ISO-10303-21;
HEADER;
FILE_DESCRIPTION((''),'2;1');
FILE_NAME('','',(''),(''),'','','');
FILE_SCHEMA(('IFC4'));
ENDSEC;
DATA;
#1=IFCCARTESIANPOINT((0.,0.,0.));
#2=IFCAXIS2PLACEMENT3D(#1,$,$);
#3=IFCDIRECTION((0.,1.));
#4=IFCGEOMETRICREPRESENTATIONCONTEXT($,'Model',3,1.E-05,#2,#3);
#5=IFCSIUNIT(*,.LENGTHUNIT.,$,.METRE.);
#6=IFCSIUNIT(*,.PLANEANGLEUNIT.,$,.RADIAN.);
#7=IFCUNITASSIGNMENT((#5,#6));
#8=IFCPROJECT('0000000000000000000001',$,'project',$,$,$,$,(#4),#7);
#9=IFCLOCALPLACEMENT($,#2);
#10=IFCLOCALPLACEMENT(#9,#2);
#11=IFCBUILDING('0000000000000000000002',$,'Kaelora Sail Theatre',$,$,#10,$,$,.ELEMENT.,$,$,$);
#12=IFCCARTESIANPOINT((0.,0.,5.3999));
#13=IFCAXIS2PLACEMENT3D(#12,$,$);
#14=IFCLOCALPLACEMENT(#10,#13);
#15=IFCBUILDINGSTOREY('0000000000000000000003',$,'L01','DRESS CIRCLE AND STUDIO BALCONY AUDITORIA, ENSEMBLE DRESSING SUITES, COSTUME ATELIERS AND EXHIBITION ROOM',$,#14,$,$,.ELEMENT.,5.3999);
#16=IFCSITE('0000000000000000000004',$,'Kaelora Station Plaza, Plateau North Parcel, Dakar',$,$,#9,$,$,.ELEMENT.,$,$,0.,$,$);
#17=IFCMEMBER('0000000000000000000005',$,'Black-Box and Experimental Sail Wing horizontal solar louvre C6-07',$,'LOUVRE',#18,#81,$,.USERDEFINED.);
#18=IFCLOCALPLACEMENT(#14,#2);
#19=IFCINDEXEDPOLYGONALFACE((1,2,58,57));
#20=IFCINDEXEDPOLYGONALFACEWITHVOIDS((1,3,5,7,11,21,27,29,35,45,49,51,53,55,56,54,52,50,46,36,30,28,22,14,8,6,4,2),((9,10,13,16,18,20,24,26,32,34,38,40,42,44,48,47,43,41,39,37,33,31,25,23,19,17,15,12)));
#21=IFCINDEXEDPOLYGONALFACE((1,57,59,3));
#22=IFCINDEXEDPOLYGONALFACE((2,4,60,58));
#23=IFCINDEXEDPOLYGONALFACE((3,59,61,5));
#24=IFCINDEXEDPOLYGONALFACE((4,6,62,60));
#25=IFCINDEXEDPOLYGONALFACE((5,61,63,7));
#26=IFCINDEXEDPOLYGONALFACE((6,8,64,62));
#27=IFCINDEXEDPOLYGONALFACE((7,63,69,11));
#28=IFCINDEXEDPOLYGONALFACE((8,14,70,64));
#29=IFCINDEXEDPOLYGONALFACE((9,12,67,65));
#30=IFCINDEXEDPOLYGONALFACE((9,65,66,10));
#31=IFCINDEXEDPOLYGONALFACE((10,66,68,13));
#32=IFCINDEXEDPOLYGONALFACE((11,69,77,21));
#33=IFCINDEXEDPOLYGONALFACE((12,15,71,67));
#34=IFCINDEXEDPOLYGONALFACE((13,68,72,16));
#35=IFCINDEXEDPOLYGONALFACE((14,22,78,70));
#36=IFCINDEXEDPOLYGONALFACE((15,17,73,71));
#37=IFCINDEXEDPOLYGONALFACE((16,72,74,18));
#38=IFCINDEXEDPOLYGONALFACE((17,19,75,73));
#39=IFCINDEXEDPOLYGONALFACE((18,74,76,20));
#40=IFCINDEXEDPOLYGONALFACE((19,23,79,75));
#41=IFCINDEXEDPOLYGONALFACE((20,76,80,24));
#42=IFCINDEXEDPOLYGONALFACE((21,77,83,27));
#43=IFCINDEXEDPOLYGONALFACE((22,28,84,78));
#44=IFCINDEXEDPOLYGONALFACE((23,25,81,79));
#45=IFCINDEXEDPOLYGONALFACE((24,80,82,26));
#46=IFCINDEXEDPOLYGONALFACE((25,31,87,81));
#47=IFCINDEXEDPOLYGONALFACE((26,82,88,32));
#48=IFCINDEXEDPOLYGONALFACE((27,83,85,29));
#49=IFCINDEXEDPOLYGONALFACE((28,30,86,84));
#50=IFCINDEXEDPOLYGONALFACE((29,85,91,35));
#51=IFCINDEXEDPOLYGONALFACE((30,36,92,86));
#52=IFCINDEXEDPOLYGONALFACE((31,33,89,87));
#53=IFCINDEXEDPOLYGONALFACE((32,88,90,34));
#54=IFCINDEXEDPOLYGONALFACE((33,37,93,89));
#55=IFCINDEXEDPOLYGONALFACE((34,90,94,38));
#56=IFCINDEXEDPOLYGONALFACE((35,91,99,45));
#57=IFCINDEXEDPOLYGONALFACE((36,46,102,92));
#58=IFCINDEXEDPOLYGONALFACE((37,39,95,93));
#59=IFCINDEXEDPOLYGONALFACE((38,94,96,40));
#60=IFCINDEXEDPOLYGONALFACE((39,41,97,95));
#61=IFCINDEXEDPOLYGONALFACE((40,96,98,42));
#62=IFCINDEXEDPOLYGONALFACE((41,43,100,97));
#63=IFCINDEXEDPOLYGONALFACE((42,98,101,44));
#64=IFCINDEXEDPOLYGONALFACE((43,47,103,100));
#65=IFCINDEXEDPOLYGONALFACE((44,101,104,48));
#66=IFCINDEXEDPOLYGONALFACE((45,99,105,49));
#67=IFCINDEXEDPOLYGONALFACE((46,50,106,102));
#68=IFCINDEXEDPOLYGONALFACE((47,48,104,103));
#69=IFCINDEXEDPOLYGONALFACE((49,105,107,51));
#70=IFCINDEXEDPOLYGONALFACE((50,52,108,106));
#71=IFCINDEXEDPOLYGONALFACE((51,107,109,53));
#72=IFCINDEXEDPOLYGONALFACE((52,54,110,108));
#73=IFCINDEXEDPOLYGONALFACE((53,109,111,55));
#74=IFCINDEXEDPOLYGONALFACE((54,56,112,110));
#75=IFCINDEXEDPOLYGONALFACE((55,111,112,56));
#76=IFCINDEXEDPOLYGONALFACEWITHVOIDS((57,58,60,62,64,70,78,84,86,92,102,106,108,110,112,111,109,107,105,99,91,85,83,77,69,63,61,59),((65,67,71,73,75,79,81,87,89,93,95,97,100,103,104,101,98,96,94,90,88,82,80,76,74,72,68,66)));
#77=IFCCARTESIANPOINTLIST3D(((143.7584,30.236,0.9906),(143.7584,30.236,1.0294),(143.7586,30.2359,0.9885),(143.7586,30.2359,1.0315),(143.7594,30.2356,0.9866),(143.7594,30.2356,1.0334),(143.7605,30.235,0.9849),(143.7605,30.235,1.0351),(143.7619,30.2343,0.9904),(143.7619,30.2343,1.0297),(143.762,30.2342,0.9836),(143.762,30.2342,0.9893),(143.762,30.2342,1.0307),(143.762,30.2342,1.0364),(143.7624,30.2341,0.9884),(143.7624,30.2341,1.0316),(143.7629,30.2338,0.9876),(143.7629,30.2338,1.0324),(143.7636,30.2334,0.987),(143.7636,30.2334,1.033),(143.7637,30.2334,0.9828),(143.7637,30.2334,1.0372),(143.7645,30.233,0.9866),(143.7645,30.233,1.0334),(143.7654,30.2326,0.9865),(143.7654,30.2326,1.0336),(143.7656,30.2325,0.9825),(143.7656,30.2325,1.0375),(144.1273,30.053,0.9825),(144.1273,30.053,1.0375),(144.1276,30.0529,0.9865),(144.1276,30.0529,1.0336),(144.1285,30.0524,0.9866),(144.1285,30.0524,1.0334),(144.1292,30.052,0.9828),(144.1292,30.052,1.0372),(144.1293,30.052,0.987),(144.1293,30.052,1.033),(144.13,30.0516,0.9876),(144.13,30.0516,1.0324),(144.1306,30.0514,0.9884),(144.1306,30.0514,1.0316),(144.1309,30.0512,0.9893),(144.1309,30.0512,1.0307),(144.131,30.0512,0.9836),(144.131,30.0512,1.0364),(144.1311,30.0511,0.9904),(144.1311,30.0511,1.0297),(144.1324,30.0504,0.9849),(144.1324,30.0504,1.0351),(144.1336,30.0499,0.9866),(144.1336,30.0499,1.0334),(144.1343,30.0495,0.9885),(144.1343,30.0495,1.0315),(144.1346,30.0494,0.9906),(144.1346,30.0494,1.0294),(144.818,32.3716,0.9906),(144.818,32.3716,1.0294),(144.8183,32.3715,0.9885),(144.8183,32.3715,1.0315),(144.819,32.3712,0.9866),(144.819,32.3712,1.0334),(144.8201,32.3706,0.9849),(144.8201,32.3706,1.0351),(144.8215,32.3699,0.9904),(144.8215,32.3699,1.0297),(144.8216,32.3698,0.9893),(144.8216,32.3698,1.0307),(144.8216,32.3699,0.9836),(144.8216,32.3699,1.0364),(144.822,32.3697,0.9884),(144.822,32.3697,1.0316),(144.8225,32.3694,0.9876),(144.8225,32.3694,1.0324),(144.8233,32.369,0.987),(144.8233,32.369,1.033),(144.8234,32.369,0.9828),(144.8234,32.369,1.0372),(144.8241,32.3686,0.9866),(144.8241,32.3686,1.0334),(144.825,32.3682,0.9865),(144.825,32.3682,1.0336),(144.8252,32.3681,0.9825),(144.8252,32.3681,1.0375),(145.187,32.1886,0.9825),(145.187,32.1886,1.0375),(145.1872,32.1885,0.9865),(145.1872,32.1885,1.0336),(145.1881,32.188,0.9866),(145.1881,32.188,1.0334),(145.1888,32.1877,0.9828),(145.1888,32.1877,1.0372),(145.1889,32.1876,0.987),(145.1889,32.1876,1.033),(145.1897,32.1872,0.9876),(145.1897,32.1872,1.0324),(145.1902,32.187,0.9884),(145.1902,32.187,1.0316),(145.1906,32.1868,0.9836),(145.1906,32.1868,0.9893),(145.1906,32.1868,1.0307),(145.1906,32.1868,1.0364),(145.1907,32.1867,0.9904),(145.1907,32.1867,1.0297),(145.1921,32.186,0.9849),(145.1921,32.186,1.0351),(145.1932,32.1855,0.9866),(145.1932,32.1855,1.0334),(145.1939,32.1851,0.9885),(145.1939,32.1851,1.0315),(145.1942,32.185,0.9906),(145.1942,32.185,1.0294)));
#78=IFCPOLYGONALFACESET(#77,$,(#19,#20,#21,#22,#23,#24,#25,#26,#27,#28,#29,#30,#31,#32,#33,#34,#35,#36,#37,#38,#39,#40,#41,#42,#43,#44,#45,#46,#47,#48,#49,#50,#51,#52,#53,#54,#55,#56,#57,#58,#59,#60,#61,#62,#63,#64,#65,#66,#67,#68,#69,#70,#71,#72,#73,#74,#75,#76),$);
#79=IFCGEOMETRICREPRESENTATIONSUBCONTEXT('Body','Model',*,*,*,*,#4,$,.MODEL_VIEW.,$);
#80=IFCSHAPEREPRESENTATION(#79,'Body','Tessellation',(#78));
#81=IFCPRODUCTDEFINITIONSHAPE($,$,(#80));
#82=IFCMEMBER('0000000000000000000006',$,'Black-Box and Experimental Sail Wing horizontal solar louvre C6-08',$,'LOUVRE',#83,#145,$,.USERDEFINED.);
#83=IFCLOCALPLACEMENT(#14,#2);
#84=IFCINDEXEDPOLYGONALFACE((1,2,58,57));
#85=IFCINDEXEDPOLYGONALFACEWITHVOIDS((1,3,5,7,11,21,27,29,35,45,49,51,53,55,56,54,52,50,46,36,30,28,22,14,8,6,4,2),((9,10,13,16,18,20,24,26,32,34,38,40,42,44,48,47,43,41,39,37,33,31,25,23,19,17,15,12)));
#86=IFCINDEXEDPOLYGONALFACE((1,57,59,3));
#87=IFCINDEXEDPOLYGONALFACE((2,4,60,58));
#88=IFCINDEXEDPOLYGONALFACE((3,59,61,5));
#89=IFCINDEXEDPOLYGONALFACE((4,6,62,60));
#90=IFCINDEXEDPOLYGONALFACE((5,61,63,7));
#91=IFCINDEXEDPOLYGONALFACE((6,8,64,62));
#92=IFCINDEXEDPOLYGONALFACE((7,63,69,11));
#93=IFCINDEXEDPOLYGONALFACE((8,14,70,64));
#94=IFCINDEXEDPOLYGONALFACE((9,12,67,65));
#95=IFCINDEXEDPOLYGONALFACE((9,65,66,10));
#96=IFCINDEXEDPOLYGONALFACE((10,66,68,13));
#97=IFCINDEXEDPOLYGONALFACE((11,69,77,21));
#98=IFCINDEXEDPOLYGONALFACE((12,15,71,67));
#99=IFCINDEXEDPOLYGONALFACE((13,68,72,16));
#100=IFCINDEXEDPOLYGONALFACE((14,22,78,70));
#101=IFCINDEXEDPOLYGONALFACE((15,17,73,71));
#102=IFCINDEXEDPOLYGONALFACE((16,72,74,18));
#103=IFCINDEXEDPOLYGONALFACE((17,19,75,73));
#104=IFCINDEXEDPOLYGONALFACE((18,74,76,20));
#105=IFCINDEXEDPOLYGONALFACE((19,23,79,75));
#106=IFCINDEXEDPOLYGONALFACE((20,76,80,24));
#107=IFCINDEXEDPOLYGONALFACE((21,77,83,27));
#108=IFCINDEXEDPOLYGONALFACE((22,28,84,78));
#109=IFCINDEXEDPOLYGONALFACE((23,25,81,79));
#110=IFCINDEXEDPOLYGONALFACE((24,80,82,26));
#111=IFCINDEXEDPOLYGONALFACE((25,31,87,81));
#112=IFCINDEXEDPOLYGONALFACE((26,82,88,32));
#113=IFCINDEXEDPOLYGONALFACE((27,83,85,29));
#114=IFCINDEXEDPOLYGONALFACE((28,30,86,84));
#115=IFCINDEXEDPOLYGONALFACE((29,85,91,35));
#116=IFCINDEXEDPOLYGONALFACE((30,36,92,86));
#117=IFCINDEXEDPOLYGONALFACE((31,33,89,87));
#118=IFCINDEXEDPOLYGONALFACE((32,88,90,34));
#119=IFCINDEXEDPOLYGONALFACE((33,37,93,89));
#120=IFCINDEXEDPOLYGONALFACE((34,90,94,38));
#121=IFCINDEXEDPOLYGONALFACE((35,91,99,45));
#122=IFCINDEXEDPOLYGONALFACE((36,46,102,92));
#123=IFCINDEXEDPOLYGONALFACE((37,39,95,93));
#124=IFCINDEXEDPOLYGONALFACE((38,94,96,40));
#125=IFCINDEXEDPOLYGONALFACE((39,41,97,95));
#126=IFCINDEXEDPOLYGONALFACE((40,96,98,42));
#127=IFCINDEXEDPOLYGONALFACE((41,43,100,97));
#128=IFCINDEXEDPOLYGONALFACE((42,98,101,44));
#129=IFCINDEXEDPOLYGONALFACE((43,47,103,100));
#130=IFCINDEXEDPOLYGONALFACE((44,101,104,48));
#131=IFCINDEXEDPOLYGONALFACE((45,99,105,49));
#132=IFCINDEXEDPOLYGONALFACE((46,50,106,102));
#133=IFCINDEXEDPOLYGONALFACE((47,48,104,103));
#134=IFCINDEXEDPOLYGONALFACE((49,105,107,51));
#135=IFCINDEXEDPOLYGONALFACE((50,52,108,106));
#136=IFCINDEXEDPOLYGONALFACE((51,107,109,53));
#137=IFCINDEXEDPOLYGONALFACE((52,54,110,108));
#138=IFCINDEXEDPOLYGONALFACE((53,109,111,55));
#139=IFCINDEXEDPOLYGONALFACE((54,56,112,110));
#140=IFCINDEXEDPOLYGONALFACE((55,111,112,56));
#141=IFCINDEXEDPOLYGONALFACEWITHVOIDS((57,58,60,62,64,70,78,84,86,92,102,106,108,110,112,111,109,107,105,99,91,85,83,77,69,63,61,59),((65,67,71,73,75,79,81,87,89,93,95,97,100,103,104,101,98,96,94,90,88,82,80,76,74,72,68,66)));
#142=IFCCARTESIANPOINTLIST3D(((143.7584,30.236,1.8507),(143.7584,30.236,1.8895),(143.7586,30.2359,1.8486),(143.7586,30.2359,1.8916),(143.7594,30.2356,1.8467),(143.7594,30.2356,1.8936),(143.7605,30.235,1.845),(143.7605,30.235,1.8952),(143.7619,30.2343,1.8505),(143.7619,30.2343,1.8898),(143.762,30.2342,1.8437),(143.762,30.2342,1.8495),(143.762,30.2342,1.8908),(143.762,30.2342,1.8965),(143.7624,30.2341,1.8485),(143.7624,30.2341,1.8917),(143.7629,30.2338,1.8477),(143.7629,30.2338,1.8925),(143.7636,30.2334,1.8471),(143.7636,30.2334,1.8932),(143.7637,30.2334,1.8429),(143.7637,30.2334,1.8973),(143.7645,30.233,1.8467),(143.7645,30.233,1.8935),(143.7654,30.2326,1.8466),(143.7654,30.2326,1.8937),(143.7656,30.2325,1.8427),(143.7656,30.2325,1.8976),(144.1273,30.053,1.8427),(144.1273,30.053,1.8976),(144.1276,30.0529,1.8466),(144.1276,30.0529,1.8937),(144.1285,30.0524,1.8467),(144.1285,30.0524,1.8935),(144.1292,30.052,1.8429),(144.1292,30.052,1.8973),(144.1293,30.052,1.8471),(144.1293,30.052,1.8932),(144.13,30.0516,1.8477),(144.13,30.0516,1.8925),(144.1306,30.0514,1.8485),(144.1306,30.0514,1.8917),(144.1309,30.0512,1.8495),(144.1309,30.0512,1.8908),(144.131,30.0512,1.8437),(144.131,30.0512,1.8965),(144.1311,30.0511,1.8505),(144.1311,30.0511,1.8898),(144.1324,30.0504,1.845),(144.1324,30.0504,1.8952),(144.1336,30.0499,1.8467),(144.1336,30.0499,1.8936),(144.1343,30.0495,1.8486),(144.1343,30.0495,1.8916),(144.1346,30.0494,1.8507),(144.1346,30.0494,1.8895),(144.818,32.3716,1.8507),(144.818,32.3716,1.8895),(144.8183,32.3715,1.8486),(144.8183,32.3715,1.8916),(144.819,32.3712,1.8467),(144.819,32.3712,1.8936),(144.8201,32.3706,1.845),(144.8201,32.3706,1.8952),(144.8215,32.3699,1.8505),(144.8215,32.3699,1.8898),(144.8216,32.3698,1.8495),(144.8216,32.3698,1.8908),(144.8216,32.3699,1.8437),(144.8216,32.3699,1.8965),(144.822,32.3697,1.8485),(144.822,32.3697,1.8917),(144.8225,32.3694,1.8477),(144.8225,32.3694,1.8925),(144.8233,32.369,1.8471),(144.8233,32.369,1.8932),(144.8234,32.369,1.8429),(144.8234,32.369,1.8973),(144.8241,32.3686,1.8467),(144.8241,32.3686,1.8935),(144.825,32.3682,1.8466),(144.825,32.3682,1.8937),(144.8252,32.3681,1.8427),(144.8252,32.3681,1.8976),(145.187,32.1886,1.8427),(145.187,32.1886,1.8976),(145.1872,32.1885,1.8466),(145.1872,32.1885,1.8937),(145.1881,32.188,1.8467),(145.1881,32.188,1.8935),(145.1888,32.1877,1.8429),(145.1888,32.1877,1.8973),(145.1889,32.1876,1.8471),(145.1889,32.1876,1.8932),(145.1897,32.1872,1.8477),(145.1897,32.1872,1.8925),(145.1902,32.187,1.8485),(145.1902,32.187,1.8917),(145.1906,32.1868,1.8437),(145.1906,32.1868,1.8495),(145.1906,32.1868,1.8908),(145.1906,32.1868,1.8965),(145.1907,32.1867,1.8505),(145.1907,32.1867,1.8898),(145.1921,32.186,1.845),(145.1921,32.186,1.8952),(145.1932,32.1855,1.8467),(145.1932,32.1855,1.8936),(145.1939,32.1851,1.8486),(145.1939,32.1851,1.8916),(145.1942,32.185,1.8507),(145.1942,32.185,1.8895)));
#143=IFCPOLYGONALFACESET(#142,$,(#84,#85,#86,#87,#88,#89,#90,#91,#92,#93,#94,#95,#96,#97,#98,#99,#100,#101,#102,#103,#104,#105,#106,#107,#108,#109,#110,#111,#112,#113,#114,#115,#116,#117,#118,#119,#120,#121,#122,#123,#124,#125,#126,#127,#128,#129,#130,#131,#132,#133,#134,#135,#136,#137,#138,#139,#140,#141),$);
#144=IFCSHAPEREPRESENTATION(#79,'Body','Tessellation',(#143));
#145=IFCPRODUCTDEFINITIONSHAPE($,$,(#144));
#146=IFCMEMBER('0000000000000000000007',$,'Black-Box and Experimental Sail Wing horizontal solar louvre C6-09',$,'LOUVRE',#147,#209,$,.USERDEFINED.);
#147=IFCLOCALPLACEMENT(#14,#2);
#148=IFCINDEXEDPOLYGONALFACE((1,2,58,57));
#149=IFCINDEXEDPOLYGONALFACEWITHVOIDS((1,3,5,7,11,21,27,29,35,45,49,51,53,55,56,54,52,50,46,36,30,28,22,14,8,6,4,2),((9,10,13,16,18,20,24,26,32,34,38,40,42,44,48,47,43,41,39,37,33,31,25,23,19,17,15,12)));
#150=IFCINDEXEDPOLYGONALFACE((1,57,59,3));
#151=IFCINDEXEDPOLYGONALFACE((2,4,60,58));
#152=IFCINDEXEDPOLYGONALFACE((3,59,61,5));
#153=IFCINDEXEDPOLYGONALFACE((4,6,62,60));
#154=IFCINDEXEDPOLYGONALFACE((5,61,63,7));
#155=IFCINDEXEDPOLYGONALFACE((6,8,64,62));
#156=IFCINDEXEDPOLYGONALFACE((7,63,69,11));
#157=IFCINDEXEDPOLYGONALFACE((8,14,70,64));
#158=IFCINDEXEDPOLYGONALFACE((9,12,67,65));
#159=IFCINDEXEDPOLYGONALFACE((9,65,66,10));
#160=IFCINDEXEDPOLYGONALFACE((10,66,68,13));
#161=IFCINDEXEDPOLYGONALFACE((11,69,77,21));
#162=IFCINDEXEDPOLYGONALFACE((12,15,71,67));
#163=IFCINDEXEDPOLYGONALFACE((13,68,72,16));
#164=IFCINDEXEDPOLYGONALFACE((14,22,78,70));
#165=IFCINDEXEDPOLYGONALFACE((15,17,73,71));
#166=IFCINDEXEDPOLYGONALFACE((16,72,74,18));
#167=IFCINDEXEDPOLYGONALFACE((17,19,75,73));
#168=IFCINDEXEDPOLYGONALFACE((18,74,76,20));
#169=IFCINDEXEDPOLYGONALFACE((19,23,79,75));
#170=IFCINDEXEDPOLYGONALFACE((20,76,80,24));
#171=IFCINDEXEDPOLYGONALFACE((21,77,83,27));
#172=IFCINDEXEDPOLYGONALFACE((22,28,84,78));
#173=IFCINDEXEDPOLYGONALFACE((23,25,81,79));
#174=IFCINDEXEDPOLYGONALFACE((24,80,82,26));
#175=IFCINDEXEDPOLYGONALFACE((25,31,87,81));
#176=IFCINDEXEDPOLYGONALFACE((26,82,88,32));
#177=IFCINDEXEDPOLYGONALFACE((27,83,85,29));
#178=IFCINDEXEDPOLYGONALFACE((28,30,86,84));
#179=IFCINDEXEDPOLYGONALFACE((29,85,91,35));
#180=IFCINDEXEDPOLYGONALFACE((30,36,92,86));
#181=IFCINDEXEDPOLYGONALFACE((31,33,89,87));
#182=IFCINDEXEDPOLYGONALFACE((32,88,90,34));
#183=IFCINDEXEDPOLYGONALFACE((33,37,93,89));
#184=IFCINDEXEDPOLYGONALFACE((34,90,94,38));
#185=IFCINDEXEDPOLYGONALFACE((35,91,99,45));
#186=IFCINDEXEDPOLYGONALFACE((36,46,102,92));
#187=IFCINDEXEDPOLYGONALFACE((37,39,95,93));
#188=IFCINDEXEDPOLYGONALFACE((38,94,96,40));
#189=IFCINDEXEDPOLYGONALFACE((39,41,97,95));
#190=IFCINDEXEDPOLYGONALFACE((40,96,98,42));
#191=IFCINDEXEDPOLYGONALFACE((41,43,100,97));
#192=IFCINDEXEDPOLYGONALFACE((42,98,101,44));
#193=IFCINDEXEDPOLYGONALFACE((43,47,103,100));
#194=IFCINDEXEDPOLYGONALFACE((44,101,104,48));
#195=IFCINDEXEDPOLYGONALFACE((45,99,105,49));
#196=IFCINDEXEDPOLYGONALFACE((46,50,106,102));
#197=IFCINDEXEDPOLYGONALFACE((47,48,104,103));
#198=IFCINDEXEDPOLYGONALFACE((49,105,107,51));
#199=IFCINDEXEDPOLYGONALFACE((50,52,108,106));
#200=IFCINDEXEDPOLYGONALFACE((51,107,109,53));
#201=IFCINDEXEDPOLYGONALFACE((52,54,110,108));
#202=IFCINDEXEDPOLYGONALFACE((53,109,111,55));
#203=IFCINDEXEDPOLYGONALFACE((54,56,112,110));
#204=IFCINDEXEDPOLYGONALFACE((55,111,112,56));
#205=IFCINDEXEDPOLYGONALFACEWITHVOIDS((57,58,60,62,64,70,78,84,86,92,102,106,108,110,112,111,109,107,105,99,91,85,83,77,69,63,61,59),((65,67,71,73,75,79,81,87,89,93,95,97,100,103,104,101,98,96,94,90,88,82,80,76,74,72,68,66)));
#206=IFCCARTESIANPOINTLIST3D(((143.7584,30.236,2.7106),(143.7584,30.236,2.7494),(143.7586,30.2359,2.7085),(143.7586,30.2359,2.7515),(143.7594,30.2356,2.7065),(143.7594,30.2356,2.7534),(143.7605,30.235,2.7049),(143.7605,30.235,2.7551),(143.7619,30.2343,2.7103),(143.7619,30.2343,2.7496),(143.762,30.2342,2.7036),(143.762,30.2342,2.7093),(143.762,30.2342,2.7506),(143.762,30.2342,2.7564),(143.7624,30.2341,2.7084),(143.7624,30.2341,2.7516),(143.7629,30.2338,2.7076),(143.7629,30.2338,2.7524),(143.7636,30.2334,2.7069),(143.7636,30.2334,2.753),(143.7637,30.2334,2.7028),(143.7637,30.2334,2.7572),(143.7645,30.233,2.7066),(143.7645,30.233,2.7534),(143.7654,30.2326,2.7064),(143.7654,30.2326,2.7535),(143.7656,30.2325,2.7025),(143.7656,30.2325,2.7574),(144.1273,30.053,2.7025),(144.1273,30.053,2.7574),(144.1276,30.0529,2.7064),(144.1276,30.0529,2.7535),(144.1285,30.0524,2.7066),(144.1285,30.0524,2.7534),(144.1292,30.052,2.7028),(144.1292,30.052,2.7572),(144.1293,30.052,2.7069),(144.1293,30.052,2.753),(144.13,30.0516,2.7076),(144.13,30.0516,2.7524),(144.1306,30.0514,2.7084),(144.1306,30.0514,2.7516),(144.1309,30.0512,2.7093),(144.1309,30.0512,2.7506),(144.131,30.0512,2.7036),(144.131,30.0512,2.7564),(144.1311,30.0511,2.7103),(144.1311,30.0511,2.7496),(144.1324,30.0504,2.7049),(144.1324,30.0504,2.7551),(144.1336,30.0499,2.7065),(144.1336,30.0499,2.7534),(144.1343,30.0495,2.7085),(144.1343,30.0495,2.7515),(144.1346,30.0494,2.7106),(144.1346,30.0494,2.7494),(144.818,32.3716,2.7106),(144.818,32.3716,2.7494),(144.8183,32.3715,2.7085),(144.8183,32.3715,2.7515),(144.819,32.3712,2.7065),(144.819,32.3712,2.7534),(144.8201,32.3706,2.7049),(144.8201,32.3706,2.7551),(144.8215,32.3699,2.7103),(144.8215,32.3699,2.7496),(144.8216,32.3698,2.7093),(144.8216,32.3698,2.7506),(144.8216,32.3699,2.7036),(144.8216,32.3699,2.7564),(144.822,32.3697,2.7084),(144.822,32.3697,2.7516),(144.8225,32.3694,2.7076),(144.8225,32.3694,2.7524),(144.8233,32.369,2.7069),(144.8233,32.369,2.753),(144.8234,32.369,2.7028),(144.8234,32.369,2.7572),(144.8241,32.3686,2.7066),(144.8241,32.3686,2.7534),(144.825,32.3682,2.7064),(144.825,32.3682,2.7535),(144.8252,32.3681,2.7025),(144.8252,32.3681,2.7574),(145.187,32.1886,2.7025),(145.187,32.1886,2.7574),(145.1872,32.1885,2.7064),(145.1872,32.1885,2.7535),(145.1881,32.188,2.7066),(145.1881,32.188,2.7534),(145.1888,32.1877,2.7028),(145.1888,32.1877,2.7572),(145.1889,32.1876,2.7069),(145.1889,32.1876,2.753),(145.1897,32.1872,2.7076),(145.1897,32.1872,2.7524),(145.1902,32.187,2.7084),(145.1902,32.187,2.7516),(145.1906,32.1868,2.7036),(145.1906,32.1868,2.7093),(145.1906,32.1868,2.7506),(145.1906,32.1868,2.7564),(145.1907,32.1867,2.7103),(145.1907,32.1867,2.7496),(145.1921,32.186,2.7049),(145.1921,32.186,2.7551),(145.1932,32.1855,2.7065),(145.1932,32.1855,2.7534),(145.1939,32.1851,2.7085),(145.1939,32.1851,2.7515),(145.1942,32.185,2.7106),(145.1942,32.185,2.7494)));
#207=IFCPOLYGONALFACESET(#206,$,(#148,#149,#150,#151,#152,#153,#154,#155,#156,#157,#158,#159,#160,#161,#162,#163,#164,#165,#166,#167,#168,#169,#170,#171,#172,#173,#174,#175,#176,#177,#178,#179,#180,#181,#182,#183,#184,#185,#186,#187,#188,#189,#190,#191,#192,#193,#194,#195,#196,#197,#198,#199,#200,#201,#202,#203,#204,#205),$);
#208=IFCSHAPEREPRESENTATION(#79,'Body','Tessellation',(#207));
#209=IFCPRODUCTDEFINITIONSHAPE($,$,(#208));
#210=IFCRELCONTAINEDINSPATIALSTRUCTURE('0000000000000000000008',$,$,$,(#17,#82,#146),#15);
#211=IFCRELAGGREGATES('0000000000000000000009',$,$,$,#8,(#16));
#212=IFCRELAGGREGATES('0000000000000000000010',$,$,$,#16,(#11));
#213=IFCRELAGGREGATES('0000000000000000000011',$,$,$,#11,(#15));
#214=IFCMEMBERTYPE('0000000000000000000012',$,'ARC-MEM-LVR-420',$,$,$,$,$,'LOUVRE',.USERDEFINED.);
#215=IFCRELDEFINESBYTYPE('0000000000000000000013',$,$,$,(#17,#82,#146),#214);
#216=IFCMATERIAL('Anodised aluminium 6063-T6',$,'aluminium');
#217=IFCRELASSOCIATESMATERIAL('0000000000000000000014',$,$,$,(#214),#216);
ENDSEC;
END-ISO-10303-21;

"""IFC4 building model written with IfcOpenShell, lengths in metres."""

from ifc_helpers import new_model, si_unit, direction, frame, origin, origin_2d, place, context, subcontext, project, spatial, hollow_rectangle, extrude, material, material_profile, profile_set, type_object, element, save


model = new_model("IFC4")

# Units and contexts
model_context = context("Model", 3, precision=1e-05, world=origin(), true_north=direction((0.0, 1.0)))
body_context = subcontext(model_context, "Body", "Model", "MODEL_VIEW")
ifc_project = project(units=[si_unit("LENGTHUNIT", "METRE"), si_unit("PLANEANGLEUNIT", "RADIAN")], contexts=[model_context])

# Site, building, storey
site_placement = place(None, origin())
site = spatial("IfcSite", under=ifc_project, at=site_placement, Name="Kaelora Station Plaza, Plateau North Parcel, Dakar", CompositionType="ELEMENT", RefElevation=0.0)
building_placement = place(site_placement, origin())
building = spatial("IfcBuilding", under=site, at=building_placement, Name="Kaelora Sail Theatre", CompositionType="ELEMENT")
storey_placement = place(building_placement, frame((0.0, 0.0, 5.3999)))
storey = spatial("IfcBuildingStorey", under=building, at=storey_placement, Name="L01", Description="DRESS CIRCLE AND STUDIO BALCONY AUDITORIA, ENSEMBLE DRESSING SUITES, COSTUME ATELIERS AND EXHIBITION ROOM", CompositionType="ELEMENT", Elevation=5.3999)

# Members
ifc_material_1 = material(Name="Anodised aluminium 6063-T6", Category="aluminium")
ifc_material_profile_1 = material_profile(ifc_material_1, hollow_rectangle(XDim=0.4199, YDim=0.0549, WallThickness=0.0039, InnerFilletRadius=0.0039, OuterFilletRadius=0.0081, at=origin_2d()), Name="LOUVRE 420x55x4")
ifc_profile_set_1 = profile_set([ifc_material_profile_1], Name="Anodised aluminium 6063-T6")
member_type = type_object("IfcMemberType", Name="ARC-MEM-LVR-420", ElementType="LOUVRE", PredefinedType="USERDEFINED", material=ifc_profile_set_1)
for number, where, z_axis, x_axis, name in (
    (1, (145.0061, 32.2783, 1.01), (-0.444467, -0.895795, 0.0), (0.895795, -0.444467, 0.0), "Black-Box and Experimental Sail Wing horizontal solar louvre C6-07"),
    (2, (145.0061, 32.2783, 1.8701), (-0.444467, -0.895795, 0.0), (0.895795, -0.444467, 0.0), "Black-Box and Experimental Sail Wing horizontal solar louvre C6-08"),
    (3, (145.0061, 32.2783, 2.73), (-0.444467, -0.895795, 0.0), (0.895795, -0.444467, 0.0), "Black-Box and Experimental Sail Wing horizontal solar louvre C6-09"),
):
    element("IfcMember", number, at=place(storey_placement, frame(where, z_axis=z_axis, x_axis=x_axis)), inside=storey, type_object=member_type, Name=name, ObjectType="LOUVRE", PredefinedType="USERDEFINED", context=body_context, shape_type="SweptSolid", body=[
        extrude(hollow_rectangle(XDim=0.4199, YDim=0.0549, WallThickness=0.0039, InnerFilletRadius=0.0039, OuterFilletRadius=0.0081, at=origin_2d()), origin(), (0.0, 0.0, 1.0), 2.384),
    ])

save(model, "model.ifc")
